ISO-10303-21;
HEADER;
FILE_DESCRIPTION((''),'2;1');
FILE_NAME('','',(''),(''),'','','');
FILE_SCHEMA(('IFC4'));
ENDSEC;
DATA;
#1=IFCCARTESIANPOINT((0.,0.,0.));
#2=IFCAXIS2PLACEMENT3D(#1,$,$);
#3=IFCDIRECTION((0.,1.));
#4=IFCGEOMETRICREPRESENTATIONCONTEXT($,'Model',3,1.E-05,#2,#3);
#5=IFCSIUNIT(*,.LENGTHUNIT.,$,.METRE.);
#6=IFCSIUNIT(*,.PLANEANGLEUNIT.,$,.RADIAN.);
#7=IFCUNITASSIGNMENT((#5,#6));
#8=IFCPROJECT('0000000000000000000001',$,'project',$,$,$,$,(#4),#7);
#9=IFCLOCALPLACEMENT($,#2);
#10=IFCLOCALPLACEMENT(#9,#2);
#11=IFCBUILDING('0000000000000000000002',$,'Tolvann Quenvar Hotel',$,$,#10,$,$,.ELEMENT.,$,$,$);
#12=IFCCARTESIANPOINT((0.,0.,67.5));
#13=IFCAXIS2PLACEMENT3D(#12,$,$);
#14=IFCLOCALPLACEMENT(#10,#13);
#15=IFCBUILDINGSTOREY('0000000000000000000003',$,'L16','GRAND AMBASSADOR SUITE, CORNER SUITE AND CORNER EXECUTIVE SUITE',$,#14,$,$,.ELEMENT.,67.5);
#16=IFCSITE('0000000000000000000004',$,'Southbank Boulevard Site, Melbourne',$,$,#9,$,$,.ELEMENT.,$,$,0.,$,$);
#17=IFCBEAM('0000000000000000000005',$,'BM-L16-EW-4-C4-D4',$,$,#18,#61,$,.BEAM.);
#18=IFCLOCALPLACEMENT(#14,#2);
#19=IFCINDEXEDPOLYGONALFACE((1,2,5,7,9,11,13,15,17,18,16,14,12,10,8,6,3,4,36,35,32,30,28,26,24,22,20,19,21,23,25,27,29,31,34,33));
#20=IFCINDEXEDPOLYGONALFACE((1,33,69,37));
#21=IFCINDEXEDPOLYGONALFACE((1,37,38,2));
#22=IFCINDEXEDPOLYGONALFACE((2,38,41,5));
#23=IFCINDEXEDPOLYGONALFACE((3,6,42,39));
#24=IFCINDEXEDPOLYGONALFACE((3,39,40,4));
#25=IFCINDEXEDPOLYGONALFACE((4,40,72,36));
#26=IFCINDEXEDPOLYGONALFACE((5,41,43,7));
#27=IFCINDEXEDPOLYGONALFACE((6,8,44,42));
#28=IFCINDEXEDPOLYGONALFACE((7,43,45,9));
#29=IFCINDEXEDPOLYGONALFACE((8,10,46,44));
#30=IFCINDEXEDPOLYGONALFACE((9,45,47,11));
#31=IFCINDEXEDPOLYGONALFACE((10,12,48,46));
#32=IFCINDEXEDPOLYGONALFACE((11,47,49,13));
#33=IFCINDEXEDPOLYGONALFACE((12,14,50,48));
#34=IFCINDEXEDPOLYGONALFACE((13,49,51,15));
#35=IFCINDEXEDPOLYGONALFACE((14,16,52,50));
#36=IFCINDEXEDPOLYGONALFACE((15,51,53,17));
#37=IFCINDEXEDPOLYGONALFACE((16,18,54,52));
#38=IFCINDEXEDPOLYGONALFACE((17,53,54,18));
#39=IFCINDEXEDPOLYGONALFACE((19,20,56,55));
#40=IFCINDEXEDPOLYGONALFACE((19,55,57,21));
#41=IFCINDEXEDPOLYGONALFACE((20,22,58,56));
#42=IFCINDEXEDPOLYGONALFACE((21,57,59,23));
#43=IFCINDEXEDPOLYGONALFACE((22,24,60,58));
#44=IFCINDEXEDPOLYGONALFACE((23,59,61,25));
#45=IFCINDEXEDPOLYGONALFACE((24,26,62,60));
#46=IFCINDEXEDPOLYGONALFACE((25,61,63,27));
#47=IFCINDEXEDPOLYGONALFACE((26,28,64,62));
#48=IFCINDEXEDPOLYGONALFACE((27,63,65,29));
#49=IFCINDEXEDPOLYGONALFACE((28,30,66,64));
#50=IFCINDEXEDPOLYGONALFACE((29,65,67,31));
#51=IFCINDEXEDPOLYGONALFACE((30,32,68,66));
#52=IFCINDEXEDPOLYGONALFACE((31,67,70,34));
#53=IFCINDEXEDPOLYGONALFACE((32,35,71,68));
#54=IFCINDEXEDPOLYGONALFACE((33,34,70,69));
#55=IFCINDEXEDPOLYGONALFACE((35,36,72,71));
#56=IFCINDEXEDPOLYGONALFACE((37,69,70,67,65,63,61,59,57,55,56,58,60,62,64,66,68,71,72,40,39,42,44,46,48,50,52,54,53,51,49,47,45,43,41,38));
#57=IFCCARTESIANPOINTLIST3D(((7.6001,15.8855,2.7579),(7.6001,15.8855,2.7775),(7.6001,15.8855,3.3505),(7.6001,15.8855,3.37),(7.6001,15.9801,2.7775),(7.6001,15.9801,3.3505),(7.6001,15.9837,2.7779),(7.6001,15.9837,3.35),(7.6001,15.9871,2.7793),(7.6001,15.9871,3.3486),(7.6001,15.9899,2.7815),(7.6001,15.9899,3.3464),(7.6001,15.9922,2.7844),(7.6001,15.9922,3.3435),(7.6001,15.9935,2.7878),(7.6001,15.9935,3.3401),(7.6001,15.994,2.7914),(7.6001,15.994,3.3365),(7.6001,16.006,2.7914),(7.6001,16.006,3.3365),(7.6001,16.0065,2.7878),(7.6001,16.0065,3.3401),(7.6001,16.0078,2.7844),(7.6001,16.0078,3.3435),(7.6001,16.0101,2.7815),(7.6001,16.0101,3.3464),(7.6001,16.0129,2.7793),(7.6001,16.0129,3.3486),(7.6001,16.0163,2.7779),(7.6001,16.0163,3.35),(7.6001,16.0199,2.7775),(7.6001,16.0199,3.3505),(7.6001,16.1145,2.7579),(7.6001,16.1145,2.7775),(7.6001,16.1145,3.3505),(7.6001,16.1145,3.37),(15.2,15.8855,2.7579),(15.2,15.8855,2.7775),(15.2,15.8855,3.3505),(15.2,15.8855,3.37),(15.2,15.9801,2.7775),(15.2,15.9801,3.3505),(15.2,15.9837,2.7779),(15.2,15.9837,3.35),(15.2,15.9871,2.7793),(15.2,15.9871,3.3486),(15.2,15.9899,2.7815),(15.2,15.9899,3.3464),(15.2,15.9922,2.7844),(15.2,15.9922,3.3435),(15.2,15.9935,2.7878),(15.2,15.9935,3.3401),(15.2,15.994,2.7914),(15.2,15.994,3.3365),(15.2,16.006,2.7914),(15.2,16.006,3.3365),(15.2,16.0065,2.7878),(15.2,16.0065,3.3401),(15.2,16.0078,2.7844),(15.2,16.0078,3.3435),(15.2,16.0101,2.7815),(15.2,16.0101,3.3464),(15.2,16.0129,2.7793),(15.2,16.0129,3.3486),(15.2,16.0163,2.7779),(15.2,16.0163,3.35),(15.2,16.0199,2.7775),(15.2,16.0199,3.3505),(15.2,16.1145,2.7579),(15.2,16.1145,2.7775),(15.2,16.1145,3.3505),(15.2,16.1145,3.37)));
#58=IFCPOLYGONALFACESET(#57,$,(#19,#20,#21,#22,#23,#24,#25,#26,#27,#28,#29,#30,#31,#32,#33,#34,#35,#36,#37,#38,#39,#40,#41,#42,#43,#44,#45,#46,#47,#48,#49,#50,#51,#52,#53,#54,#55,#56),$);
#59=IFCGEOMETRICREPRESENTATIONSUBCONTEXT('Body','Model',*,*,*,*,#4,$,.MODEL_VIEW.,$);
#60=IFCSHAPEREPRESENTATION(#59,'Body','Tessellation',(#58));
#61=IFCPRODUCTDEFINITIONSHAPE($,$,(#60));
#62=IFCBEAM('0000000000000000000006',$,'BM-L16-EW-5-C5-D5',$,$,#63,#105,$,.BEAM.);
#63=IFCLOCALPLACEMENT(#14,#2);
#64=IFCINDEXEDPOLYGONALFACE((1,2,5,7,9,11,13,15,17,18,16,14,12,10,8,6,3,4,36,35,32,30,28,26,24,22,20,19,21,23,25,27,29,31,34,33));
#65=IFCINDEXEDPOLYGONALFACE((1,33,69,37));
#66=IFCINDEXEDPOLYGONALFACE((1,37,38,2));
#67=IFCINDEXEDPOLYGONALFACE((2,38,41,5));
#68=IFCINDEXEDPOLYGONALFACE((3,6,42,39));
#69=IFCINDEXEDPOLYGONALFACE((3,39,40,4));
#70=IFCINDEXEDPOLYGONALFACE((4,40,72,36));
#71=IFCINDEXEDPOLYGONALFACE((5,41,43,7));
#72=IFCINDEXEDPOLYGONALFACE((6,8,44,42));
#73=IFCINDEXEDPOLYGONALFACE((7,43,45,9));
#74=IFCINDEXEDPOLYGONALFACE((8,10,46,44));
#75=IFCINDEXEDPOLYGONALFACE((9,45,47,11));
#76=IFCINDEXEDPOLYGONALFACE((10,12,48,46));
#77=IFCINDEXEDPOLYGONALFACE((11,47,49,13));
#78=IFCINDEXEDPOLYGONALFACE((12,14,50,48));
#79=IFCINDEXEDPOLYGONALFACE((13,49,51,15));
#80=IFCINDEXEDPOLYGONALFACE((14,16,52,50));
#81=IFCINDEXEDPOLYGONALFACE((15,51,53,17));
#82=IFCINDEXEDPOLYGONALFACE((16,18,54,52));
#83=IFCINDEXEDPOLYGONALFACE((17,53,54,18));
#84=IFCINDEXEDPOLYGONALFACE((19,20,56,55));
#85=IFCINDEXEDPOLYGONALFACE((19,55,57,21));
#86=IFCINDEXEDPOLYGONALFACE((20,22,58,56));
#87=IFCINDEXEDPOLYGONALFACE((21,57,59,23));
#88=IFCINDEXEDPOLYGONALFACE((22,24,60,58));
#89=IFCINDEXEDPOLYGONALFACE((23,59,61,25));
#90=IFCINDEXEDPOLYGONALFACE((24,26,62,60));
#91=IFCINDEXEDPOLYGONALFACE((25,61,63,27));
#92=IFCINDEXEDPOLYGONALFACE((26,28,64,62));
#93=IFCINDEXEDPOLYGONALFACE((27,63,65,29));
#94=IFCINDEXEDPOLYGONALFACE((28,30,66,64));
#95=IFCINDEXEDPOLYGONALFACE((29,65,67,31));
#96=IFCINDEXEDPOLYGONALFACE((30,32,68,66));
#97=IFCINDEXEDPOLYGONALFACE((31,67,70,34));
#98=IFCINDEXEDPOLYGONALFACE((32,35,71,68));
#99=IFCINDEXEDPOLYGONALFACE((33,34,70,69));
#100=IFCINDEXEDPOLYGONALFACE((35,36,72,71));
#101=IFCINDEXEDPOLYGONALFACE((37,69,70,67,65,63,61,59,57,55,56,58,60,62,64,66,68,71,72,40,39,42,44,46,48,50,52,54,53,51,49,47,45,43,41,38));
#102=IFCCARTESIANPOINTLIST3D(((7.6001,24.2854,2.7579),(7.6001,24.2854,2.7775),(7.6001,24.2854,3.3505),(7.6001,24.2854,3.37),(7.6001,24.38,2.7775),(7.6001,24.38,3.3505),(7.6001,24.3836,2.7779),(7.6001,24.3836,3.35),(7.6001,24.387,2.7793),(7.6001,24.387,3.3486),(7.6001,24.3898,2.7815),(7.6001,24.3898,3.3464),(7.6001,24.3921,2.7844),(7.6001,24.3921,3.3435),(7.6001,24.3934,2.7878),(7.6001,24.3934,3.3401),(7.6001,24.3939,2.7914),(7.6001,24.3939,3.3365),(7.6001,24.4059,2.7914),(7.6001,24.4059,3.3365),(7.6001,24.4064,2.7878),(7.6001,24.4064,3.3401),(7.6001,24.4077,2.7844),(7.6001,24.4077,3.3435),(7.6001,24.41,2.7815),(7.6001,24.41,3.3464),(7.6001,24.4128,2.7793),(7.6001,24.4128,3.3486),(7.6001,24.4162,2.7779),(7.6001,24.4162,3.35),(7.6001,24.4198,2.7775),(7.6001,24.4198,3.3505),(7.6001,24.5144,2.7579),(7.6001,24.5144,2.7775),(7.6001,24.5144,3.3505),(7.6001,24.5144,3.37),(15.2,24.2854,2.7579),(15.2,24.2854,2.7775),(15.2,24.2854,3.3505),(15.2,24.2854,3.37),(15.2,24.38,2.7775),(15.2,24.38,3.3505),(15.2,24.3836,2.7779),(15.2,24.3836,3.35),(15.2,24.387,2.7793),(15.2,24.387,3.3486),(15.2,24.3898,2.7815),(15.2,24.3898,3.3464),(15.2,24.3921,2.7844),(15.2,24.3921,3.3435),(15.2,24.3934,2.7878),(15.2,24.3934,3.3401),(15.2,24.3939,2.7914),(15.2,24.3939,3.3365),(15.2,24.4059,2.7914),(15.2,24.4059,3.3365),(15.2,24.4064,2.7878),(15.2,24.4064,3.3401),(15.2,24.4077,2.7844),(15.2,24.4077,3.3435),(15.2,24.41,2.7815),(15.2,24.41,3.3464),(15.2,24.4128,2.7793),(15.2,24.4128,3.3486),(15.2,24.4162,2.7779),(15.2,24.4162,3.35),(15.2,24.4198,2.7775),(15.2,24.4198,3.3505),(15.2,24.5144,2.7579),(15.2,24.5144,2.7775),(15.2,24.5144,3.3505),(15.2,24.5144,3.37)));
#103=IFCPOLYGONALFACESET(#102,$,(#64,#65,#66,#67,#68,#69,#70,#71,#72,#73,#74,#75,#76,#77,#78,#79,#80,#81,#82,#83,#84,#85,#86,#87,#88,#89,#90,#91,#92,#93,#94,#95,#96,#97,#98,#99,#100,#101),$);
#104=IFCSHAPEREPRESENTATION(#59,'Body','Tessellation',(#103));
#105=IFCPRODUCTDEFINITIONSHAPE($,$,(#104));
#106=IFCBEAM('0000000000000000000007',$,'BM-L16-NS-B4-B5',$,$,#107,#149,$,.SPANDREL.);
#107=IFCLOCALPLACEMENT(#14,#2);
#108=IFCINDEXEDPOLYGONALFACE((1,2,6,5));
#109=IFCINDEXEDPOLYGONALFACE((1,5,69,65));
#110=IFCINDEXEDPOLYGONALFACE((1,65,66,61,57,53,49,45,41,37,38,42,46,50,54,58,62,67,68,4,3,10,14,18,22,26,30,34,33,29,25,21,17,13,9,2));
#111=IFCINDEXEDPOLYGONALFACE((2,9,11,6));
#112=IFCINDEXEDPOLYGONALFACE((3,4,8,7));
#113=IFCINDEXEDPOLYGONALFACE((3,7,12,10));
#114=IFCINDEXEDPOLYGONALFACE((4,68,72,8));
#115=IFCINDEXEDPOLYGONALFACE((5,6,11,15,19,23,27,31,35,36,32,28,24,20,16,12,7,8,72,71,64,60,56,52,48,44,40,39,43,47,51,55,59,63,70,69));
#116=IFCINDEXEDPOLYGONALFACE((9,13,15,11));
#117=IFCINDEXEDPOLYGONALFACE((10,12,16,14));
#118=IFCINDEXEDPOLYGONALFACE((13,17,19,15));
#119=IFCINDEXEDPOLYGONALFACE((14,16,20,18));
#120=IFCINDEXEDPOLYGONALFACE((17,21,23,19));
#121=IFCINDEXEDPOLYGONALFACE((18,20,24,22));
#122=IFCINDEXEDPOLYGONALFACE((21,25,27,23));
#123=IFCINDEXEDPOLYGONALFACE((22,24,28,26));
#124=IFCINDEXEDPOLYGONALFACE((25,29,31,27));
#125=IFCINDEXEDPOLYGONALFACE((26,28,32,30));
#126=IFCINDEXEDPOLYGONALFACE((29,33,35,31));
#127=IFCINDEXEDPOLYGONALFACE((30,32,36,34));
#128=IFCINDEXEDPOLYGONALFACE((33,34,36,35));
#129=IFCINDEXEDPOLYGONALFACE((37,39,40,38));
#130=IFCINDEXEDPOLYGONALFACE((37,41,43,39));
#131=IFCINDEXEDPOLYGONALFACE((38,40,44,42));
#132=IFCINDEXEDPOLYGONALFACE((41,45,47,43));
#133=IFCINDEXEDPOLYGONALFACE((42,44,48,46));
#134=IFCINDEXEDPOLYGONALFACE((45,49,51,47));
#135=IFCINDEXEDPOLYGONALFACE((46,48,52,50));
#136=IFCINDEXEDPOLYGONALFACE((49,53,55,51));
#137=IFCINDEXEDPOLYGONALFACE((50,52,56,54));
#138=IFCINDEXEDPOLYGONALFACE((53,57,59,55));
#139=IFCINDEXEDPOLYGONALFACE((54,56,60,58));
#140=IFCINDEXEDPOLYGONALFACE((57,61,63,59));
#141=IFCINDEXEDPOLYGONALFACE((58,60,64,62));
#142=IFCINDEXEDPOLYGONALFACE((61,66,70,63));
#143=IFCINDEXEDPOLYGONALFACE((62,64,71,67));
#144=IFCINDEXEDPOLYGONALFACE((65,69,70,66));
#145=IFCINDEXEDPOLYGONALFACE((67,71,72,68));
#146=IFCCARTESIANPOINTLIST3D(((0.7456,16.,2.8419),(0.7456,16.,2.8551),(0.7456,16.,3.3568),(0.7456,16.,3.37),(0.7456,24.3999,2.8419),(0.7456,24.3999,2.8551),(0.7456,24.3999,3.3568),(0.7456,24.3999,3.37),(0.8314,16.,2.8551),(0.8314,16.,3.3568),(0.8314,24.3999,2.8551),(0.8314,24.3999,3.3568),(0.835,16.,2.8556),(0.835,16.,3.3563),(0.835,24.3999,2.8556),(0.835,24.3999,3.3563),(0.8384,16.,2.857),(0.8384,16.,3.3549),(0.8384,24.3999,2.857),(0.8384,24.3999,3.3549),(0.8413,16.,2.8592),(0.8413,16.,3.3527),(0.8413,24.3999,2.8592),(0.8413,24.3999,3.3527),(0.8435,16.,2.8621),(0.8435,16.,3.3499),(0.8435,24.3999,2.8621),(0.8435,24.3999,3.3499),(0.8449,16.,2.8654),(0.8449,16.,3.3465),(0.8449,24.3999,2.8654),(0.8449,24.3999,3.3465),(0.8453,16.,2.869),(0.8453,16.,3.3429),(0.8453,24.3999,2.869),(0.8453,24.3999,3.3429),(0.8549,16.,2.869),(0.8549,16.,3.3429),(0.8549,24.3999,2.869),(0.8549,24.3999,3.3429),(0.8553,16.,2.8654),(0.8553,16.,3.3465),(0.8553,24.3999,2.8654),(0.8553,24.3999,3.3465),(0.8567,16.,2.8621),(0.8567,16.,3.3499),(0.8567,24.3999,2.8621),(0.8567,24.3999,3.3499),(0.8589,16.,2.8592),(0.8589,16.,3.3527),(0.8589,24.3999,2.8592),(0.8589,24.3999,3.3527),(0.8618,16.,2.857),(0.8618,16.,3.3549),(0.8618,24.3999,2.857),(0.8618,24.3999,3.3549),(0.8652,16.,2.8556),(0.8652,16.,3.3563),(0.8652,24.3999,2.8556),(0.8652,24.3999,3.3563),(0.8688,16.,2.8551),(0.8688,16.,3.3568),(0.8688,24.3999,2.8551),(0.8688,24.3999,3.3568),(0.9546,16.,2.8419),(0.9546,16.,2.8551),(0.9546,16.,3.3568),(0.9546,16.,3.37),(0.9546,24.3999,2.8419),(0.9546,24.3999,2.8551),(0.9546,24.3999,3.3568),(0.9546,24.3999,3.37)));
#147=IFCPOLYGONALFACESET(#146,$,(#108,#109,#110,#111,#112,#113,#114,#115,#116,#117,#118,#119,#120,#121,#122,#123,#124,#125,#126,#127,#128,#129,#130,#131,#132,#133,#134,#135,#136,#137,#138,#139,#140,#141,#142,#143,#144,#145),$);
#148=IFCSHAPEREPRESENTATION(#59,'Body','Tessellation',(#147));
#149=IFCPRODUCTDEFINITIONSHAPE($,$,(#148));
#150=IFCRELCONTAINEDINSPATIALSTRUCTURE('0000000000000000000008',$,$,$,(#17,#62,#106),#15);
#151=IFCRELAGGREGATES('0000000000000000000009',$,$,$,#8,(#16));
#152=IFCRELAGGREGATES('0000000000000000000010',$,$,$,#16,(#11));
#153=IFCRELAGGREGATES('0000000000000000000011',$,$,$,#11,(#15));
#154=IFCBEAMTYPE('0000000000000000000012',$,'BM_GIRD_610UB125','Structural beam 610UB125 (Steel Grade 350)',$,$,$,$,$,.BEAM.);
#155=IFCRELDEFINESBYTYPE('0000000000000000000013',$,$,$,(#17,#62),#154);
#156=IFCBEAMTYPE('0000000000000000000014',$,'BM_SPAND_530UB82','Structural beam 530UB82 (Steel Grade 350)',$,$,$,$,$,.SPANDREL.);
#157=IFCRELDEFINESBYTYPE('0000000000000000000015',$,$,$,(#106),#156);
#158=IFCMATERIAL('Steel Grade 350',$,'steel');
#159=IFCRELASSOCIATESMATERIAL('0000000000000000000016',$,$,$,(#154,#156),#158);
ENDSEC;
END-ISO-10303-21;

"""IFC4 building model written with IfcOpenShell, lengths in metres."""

from ifc_helpers import new_model, si_unit, direction, frame, origin, origin_2d, place, context, subcontext, project, spatial, i_section, extrude, source, transform, mapped, material, material_profile, profile_set, type_object, element, save


model = new_model("IFC4")

# Units and contexts
model_context = context("Model", 3, precision=1e-05, world=origin(), true_north=direction((0.0, 1.0)))
body_context = subcontext(model_context, "Body", "Model", "MODEL_VIEW")
ifc_project = project(units=[si_unit("LENGTHUNIT", "METRE"), si_unit("PLANEANGLEUNIT", "RADIAN")], contexts=[model_context])

# Site, building, storey
site_placement = place(None, origin())
site = spatial("IfcSite", under=ifc_project, at=site_placement, Name="Southbank Boulevard Site, Melbourne", CompositionType="ELEMENT", RefElevation=0.0)
building_placement = place(site_placement, origin())
building = spatial("IfcBuilding", under=site, at=building_placement, Name="Tolvann Quenvar Hotel", CompositionType="ELEMENT")
storey_placement = place(building_placement, frame((0.0, 0.0, 67.5)))
storey = spatial("IfcBuildingStorey", under=building, at=storey_placement, Name="L16", Description="GRAND AMBASSADOR SUITE, CORNER SUITE AND CORNER EXECUTIVE SUITE", CompositionType="ELEMENT", Elevation=67.5)

# Shared definitions
ifc_material_1 = material(Name="Steel Grade 350", Category="steel")

# Beams
ifc_material_profile_1 = material_profile(ifc_material_1, i_section(OverallWidth=0.229, OverallDepth=0.6121, WebThickness=0.012, FlangeThickness=0.0195, FilletRadius=0.0139, at=origin_2d()), Name="610UB125")
ifc_profile_set_1 = profile_set([ifc_material_profile_1], Name="Steel Grade 350")
beam_type_1 = type_object("IfcBeamType", Name="BM_GIRD_610UB125", Description="Structural beam 610UB125 (Steel Grade 350)", PredefinedType="BEAM", material=ifc_profile_set_1)
shared_shape_1 = source(origin(), body_context, "Body", "SweptSolid", [
    extrude(i_section(OverallWidth=0.229, OverallDepth=0.6121, WebThickness=0.012, FlangeThickness=0.0195, FilletRadius=0.0139, at=origin_2d()), origin(), (0.0, 0.0, 1.0), 7.5999),
])
for number, where, z_axis, x_axis, name in (
    (1, (7.6001, 16.0, 3.064), (1.0, 0.0, 0.0), (0.0, 1.0, 0.0), "BM-L16-EW-4-C4-D4"),
    (2, (7.6001, 24.3999, 3.064), (1.0, 0.0, 0.0), (0.0, 1.0, 0.0), "BM-L16-EW-5-C5-D5"),
):
    element("IfcBeam", number, at=place(storey_placement, frame(where, z_axis=z_axis, x_axis=x_axis)), inside=storey, type_object=beam_type_1, Name=name, PredefinedType="BEAM", context=body_context, shape_type="MappedRepresentation", body=[
        mapped(shared_shape_1, transform((0.0, 0.0, 0.0), x_axis=(1.0, 0.0, 0.0), y_axis=(0.0, 1.0, 0.0), z_axis=(0.0, 0.0, 1.0), scale=1.0)),
    ])
ifc_material_profile_2 = material_profile(ifc_material_1, i_section(OverallWidth=0.209, OverallDepth=0.5281, WebThickness=0.0095, FlangeThickness=0.0132, FilletRadius=0.0139, at=origin_2d()), Name="530UB82")
ifc_profile_set_2 = profile_set([ifc_material_profile_2], Name="Steel Grade 350")
beam_type_2 = type_object("IfcBeamType", Name="BM_SPAND_530UB82", Description="Structural beam 530UB82 (Steel Grade 350)", PredefinedType="SPANDREL", material=ifc_profile_set_2)
shared_shape_2 = source(origin(), body_context, "Body", "SweptSolid", [
    extrude(i_section(OverallWidth=0.209, OverallDepth=0.5281, WebThickness=0.0095, FlangeThickness=0.0132, FilletRadius=0.0139, at=origin_2d()), origin(), (0.0, 0.0, 1.0), 8.3999),
])
beam_1_placement = place(storey_placement, frame((0.8501, 16.0, 3.106), z_axis=(0.0, 1.0, 0.0), x_axis=(-1.0, 0.0, 0.0)))
element("IfcBeam", 3, at=beam_1_placement, inside=storey, type_object=beam_type_2, Name="BM-L16-NS-B4-B5", PredefinedType="SPANDREL", context=body_context, shape_type="MappedRepresentation", body=[
    mapped(shared_shape_2, transform((0.0, 0.0, 0.0), x_axis=(1.0, 0.0, 0.0), y_axis=(0.0, 1.0, 0.0), z_axis=(0.0, 0.0, 1.0), scale=1.0)),
])

save(model, "model.ifc")
